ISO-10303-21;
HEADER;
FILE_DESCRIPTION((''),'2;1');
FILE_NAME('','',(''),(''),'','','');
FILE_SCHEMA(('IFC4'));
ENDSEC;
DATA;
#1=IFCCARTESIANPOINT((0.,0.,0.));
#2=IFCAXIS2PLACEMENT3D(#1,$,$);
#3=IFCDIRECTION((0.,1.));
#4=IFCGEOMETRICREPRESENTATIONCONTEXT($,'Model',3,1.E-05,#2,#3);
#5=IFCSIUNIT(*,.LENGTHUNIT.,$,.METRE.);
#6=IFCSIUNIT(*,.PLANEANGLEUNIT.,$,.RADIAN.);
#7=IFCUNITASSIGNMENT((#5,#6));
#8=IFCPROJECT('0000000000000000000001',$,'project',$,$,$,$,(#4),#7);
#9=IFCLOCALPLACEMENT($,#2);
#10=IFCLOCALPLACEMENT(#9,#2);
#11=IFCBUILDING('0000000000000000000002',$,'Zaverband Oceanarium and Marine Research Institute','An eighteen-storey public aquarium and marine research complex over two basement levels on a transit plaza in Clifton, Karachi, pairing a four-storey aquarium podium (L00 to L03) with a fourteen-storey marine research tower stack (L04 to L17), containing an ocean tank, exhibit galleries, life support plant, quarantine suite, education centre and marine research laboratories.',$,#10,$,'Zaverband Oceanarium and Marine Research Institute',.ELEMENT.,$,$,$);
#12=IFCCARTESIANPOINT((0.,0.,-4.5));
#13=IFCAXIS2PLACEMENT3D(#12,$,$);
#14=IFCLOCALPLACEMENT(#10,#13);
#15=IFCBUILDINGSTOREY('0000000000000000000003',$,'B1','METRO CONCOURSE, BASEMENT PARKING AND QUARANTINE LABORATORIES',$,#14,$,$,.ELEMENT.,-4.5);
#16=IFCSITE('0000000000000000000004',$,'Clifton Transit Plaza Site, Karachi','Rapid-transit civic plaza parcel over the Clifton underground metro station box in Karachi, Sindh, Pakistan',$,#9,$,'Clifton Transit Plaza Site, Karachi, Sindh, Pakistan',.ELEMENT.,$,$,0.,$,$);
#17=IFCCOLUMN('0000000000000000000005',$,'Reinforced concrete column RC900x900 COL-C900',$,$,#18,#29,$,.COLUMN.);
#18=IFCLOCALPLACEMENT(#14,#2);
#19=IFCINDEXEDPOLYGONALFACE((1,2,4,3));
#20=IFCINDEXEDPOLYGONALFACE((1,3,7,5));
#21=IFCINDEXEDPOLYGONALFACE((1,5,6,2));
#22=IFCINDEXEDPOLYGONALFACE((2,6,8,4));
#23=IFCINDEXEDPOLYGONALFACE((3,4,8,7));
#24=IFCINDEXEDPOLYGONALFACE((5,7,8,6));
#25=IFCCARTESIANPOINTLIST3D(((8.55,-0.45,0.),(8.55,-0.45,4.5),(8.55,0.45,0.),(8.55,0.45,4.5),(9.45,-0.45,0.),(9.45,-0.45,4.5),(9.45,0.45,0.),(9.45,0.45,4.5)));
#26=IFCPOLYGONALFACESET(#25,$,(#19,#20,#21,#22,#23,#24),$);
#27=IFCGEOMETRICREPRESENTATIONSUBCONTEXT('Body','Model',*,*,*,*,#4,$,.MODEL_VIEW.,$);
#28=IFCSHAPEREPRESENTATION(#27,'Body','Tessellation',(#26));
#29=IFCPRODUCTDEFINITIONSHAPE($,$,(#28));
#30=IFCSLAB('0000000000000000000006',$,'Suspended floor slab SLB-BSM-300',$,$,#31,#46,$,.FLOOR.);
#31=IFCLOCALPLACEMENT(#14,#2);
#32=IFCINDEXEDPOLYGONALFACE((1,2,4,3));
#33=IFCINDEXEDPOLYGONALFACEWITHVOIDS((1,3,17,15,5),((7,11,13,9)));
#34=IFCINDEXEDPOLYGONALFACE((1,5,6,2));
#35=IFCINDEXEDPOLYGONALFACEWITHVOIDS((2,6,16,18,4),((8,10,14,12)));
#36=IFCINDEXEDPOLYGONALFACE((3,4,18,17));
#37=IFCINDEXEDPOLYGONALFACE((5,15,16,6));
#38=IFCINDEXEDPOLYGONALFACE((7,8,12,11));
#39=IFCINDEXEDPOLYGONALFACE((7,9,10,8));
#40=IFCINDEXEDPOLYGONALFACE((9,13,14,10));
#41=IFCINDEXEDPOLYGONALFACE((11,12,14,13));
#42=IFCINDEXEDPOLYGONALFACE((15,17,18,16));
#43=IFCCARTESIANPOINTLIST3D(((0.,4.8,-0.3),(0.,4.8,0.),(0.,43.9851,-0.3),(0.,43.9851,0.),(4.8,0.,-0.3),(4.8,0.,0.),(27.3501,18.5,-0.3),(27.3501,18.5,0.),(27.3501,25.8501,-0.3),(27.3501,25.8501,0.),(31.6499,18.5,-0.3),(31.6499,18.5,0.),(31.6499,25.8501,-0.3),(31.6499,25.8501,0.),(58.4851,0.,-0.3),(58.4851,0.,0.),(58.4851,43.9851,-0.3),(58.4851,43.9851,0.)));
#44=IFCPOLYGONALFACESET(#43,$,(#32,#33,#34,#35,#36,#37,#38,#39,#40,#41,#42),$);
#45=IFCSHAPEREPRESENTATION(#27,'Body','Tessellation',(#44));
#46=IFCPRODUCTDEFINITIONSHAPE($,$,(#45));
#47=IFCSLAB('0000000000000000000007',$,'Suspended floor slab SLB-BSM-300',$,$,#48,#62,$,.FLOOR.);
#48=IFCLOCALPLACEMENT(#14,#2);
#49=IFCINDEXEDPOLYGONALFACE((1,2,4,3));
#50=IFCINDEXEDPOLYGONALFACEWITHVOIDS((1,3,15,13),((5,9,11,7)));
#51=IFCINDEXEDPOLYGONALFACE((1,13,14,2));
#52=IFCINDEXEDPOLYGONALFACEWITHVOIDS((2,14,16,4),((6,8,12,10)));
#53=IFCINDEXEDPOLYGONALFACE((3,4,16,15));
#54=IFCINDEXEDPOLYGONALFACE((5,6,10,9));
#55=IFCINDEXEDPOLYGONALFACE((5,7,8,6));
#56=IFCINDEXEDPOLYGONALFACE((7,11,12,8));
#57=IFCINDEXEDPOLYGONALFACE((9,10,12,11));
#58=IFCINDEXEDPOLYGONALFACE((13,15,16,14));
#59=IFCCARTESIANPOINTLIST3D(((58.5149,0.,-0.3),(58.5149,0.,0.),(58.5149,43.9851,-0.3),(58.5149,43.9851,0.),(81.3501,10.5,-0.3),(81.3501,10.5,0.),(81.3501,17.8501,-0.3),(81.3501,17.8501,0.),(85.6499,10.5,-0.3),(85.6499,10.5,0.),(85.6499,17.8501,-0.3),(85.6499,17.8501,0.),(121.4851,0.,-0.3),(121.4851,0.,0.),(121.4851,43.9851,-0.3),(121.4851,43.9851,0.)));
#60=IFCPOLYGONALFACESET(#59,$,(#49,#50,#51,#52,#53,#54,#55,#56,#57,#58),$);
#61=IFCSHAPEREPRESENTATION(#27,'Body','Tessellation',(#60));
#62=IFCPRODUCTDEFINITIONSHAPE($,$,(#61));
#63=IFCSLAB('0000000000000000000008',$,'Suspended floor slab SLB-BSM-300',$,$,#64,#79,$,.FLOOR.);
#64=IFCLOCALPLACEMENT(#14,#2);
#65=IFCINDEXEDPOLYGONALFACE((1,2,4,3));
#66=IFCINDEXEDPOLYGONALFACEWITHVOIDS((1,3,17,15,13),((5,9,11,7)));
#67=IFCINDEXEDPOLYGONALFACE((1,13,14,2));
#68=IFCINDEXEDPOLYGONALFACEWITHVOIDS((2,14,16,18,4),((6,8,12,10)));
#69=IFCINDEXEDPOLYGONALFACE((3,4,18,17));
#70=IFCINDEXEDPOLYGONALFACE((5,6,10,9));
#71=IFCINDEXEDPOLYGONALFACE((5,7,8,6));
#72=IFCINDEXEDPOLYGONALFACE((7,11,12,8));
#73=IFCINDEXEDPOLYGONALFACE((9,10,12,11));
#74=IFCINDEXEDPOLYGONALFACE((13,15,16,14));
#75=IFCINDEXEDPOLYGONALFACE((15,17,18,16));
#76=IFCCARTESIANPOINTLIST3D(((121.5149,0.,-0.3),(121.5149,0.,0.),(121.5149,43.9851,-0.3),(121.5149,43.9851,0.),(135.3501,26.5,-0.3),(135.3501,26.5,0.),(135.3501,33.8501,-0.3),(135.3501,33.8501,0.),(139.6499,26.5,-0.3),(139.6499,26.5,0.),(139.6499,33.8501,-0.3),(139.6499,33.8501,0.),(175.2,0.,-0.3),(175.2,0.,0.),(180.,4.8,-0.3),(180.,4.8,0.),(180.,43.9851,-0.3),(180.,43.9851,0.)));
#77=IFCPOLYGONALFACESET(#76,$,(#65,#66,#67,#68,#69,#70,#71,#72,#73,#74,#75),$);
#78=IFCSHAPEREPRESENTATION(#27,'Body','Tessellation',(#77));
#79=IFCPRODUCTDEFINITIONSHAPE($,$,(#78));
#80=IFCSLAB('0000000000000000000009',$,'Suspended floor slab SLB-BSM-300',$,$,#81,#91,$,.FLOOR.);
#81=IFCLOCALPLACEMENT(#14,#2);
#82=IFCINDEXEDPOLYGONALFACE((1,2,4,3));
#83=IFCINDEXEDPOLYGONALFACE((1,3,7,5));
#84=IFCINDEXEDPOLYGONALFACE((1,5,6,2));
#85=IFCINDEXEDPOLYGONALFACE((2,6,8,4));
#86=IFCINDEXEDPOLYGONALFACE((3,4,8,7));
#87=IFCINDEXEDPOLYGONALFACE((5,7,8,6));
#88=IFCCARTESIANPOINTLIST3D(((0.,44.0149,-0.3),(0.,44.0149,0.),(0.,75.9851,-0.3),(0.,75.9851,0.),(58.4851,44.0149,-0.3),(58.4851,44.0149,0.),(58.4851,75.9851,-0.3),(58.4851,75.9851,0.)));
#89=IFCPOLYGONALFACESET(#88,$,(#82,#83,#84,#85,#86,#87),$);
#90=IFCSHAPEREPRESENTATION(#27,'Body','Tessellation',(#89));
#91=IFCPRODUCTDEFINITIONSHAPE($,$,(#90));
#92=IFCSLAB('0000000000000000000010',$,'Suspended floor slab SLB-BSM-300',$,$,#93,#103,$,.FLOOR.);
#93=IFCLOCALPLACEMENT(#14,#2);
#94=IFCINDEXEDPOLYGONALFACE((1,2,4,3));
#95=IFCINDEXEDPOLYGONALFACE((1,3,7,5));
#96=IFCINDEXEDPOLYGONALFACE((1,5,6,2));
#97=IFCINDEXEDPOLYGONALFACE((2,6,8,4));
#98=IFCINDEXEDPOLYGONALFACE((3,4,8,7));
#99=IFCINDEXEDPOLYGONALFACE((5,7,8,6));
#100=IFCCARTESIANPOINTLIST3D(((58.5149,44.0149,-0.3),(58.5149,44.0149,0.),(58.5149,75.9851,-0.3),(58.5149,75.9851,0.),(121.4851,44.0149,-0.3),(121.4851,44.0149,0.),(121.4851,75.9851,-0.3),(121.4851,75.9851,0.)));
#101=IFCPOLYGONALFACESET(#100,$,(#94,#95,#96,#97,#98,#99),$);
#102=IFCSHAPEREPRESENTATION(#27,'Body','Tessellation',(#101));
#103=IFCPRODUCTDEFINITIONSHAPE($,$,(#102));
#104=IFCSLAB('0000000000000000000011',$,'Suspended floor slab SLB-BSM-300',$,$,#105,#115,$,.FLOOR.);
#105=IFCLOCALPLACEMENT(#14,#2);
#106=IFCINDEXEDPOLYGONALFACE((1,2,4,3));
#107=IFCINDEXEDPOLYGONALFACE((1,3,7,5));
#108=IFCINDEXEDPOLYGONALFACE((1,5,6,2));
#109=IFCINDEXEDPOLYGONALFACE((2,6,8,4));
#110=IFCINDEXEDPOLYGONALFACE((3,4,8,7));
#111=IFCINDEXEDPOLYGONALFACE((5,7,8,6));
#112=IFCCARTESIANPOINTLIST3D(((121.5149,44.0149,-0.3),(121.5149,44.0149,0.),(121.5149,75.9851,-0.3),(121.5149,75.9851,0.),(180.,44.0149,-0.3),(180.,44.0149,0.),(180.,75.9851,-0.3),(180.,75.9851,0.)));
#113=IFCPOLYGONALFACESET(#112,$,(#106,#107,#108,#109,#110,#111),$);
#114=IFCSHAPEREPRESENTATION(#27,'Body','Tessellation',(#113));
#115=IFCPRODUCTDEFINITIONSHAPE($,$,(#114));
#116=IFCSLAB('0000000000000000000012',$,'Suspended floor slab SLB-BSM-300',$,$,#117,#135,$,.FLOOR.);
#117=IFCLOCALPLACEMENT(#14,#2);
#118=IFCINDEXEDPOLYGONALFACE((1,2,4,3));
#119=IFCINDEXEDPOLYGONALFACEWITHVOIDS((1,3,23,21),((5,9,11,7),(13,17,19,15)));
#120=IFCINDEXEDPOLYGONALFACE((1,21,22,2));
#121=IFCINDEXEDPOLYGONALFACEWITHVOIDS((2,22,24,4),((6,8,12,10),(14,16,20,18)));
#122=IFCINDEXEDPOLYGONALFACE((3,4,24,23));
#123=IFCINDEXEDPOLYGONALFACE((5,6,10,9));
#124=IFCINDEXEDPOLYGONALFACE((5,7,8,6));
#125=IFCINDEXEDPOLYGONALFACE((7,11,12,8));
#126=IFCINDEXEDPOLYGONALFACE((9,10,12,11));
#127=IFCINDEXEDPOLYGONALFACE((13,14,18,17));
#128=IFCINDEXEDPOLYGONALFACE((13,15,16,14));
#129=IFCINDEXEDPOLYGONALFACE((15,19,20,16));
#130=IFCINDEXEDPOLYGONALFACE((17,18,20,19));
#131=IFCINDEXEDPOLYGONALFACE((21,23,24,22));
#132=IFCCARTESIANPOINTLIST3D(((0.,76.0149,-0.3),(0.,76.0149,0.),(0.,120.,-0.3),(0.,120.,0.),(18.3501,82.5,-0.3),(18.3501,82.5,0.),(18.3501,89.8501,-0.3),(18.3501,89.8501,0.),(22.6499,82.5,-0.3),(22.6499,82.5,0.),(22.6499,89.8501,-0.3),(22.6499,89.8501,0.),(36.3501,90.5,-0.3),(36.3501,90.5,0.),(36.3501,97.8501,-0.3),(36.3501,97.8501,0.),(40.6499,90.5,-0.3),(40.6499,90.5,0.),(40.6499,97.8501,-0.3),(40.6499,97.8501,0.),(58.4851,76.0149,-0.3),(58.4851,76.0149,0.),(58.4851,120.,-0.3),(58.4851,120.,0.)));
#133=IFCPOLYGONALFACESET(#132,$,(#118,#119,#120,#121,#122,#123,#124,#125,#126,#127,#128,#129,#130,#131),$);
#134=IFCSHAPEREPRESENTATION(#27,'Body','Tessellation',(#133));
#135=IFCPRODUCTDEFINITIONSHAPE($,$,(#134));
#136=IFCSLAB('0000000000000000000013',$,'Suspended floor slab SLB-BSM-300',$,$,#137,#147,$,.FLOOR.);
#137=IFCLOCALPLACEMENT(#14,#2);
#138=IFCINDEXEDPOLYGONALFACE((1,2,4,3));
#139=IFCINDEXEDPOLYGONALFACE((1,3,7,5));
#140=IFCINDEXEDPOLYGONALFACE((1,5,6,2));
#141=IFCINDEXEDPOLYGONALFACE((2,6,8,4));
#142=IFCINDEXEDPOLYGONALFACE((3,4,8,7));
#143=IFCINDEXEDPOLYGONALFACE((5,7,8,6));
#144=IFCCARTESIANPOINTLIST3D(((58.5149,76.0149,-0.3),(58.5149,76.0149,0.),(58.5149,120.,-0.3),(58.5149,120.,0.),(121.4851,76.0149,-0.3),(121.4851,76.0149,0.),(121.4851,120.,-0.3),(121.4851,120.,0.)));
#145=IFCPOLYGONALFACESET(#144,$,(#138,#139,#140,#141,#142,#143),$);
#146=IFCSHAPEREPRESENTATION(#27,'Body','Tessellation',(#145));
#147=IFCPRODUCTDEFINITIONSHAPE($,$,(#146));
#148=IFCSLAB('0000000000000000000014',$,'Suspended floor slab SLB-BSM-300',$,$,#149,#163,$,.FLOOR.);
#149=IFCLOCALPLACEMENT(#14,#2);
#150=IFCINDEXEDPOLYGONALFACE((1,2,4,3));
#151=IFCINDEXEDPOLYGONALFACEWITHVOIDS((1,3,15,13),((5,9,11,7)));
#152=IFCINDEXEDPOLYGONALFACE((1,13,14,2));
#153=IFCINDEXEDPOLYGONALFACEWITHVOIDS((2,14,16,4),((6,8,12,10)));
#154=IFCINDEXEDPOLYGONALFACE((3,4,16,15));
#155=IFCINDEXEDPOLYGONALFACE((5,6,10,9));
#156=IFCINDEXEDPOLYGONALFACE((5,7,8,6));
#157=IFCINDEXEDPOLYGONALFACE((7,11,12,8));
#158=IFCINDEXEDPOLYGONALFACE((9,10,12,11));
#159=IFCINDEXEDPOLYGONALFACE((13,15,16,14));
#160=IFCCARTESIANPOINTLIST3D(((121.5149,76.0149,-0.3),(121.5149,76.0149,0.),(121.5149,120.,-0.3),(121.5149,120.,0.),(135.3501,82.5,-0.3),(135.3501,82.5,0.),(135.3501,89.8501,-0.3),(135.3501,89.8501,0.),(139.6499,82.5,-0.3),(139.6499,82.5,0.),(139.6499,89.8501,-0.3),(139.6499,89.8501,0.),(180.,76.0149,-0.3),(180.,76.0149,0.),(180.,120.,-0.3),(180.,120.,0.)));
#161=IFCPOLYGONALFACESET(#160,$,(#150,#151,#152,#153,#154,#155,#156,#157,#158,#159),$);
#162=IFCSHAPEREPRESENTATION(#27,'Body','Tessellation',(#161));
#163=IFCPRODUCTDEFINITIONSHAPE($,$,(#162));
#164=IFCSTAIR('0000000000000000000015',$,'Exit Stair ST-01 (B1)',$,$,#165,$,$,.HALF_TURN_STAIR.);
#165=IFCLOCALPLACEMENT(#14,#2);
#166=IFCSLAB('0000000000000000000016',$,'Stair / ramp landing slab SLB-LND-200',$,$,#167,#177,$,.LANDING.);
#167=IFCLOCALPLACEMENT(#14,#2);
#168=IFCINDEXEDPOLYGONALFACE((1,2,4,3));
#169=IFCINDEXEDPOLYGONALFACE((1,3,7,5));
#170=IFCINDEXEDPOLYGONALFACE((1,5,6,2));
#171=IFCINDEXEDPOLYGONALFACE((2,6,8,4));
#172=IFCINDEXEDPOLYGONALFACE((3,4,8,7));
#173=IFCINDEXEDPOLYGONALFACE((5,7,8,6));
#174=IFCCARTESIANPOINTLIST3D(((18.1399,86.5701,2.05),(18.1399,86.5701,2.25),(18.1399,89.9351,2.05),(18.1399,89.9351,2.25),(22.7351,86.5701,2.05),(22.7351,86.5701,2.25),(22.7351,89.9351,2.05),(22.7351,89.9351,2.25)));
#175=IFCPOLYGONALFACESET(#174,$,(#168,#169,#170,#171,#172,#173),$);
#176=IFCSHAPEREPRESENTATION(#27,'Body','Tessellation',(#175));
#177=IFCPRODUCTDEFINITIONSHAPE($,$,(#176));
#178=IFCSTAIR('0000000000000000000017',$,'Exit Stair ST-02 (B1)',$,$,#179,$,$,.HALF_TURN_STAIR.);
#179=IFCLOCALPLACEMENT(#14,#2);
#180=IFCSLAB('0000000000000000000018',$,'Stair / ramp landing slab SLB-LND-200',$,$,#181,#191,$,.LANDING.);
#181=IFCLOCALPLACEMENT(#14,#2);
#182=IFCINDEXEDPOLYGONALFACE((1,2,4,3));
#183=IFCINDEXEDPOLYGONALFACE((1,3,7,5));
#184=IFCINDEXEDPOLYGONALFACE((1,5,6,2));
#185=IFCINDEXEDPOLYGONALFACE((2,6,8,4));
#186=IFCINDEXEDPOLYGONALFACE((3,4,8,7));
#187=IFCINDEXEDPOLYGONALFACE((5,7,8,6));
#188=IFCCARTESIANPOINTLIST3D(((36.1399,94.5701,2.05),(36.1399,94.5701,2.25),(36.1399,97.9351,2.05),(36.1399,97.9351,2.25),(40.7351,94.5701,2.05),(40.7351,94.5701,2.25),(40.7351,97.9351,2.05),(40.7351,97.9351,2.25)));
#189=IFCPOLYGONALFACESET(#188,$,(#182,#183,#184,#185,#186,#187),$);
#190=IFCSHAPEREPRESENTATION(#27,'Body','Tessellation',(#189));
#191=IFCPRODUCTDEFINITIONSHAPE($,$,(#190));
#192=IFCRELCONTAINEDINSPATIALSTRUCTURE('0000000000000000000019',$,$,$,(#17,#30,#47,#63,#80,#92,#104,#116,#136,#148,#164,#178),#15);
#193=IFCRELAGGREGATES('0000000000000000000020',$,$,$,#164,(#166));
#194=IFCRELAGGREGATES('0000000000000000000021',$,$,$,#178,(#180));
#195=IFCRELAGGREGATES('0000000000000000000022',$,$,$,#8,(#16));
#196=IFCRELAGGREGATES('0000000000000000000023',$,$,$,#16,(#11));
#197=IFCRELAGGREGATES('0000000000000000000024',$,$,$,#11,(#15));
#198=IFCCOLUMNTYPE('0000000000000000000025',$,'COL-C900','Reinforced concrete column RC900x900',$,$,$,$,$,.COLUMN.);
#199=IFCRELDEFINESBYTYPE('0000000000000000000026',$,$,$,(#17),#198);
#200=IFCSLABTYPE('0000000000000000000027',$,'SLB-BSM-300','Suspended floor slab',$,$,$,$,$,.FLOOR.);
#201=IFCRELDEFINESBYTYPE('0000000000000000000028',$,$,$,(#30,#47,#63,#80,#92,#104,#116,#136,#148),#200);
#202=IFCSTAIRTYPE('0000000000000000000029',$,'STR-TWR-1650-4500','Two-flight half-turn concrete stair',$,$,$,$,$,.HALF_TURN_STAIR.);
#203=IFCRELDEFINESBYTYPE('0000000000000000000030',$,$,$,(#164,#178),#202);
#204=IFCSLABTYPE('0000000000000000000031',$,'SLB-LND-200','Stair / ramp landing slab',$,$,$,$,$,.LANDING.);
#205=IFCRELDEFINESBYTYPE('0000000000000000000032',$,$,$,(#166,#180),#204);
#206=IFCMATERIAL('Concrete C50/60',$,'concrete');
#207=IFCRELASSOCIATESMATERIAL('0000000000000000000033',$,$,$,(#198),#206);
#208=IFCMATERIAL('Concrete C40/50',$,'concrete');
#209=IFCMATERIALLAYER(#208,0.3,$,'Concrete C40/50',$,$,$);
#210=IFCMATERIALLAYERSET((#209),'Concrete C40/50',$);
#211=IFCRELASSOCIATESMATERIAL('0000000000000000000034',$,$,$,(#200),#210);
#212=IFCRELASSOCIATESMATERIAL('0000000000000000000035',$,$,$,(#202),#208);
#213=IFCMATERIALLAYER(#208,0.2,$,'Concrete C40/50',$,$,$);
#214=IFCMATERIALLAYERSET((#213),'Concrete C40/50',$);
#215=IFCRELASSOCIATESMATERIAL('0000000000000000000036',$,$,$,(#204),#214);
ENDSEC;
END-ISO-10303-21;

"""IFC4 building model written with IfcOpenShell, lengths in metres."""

from ifc_helpers import new_model, si_unit, direction, frame, origin, origin_2d, place, context, subcontext, project, spatial, polyline, rectangle, outline, extrude, material, layer, layer_set, material_profile, profile_set, type_object, element, aggregate, save


model = new_model("IFC4")

# Units and contexts
model_context = context("Model", 3, precision=1e-05, world=origin(), true_north=direction((0.0, 1.0)))
body_context = subcontext(model_context, "Body", "Model", "MODEL_VIEW")
ifc_project = project(units=[si_unit("LENGTHUNIT", "METRE"), si_unit("PLANEANGLEUNIT", "RADIAN")], contexts=[model_context])

# Site, building, storey
site_placement = place(None, origin())
site = spatial("IfcSite", under=ifc_project, at=site_placement, Name="Clifton Transit Plaza Site, Karachi", Description="Rapid-transit civic plaza parcel over the Clifton underground metro station box in Karachi, Sindh, Pakistan", LongName="Clifton Transit Plaza Site, Karachi, Sindh, Pakistan", CompositionType="ELEMENT", RefElevation=0.0)
building_placement = place(site_placement, origin())
building = spatial("IfcBuilding", under=site, at=building_placement, Name="Zaverband Oceanarium and Marine Research Institute", Description="An eighteen-storey public aquarium and marine research complex over two basement levels on a transit plaza in Clifton, Karachi, pairing a four-storey aquarium podium (L00 to L03) with a fourteen-storey marine research tower stack (L04 to L17), containing an ocean tank, exhibit galleries, life support plant, quarantine suite, education centre and marine research laboratories.", LongName="Zaverband Oceanarium and Marine Research Institute", CompositionType="ELEMENT")
storey_placement = place(building_placement, frame((0.0, 0.0, -4.5)))
storey = spatial("IfcBuildingStorey", under=building, at=storey_placement, Name="B1", Description="METRO CONCOURSE, BASEMENT PARKING AND QUARANTINE LABORATORIES", CompositionType="ELEMENT", Elevation=-4.5)

# Column
ifc_material_1 = material(Name="Concrete C50/60", Category="concrete")
ifc_material_profile = material_profile(ifc_material_1, rectangle(XDim=0.8999, YDim=0.8999, at=origin_2d()), Name="RC900x900")
ifc_profile_set = profile_set([ifc_material_profile], Name="Concrete C50/60")
column_type = type_object("IfcColumnType", Name="COL-C900", Description="Reinforced concrete column RC900x900", PredefinedType="COLUMN", material=ifc_profile_set)
column_placement = place(storey_placement, frame((9.0, 0.0, 0.0), z_axis=(0.0, 0.0, 1.0), x_axis=(1.0, 0.0, 0.0)))
element("IfcColumn", 1, at=column_placement, inside=storey, type_object=column_type, Name="Reinforced concrete column RC900x900 COL-C900", PredefinedType="COLUMN", context=body_context, shape_type="SweptSolid", body=[
    extrude(rectangle(XDim=0.8999, YDim=0.8999, at=origin_2d()), origin(), (0.0, 0.0, 1.0), 4.5),
])

# Slabs
ifc_material_2 = material(Name="Concrete C40/50", Category="concrete")
ifc_layer_1 = layer(ifc_material_2, 0.3, Name="Concrete C40/50")
ifc_layer_set_1 = layer_set([ifc_layer_1], Name="Concrete C40/50")
slab_type_1 = type_object("IfcSlabType", Name="SLB-BSM-300", Description="Suspended floor slab", PredefinedType="FLOOR", material=ifc_layer_set_1)
slab_1_placement = place(storey_placement, frame((0.0, 0.0, -0.3)))
element("IfcSlab", 2, at=slab_1_placement, inside=storey, type_object=slab_type_1, Name="Suspended floor slab SLB-BSM-300", PredefinedType="FLOOR", context=body_context, shape_type="SweptSolid", body=[
    extrude(outline(polyline([(0.0, 4.8), (0.0, 43.9851), (58.4851, 43.9851), (58.4851, 0.0), (4.8, 0.0), (0.0, 4.8)]), holes=[polyline([(31.6499, 25.8501), (27.3501, 25.8501), (27.3501, 18.5), (31.6499, 18.5), (31.6499, 25.8501)])]), origin(), (0.0, 0.0, 1.0), 0.3),
])
slab_2_placement = place(storey_placement, frame((0.0, 0.0, -0.3)))
element("IfcSlab", 3, at=slab_2_placement, inside=storey, type_object=slab_type_1, Name="Suspended floor slab SLB-BSM-300", PredefinedType="FLOOR", context=body_context, shape_type="SweptSolid", body=[
    extrude(outline(polyline([(58.5149, 43.9851), (121.4851, 43.9851), (121.4851, 0.0), (58.5149, 0.0), (58.5149, 43.9851)]), holes=[polyline([(81.3501, 17.8501), (81.3501, 10.5), (85.6499, 10.5), (85.6499, 17.8501), (81.3501, 17.8501)])]), origin(), (0.0, 0.0, 1.0), 0.3),
])
slab_3_placement = place(storey_placement, frame((0.0, 0.0, -0.3)))
element("IfcSlab", 4, at=slab_3_placement, inside=storey, type_object=slab_type_1, Name="Suspended floor slab SLB-BSM-300", PredefinedType="FLOOR", context=body_context, shape_type="SweptSolid", body=[
    extrude(outline(polyline([(121.5149, 43.9851), (180.0, 43.9851), (180.0, 4.8), (175.2, 0.0), (121.5149, 0.0), (121.5149, 43.9851)]), holes=[polyline([(139.6499, 33.8501), (135.3501, 33.8501), (135.3501, 26.5), (139.6499, 26.5), (139.6499, 33.8501)])]), origin(), (0.0, 0.0, 1.0), 0.3),
])
slab_4_placement = place(storey_placement, frame((0.0, 0.0, -0.3)))
element("IfcSlab", 5, at=slab_4_placement, inside=storey, type_object=slab_type_1, Name="Suspended floor slab SLB-BSM-300", PredefinedType="FLOOR", context=body_context, shape_type="SweptSolid", body=[
    extrude(outline(polyline([(0.0, 75.9851), (58.4851, 75.9851), (58.4851, 44.0149), (0.0, 44.0149), (0.0, 75.9851)])), origin(), (0.0, 0.0, 1.0), 0.3),
])
slab_5_placement = place(storey_placement, frame((0.0, 0.0, -0.3)))
element("IfcSlab", 6, at=slab_5_placement, inside=storey, type_object=slab_type_1, Name="Suspended floor slab SLB-BSM-300", PredefinedType="FLOOR", context=body_context, shape_type="SweptSolid", body=[
    extrude(outline(polyline([(58.5149, 75.9851), (121.4851, 75.9851), (121.4851, 44.0149), (58.5149, 44.0149), (58.5149, 75.9851)])), origin(), (0.0, 0.0, 1.0), 0.3),
])
slab_6_placement = place(storey_placement, frame((0.0, 0.0, -0.3)))
element("IfcSlab", 7, at=slab_6_placement, inside=storey, type_object=slab_type_1, Name="Suspended floor slab SLB-BSM-300", PredefinedType="FLOOR", context=body_context, shape_type="SweptSolid", body=[
    extrude(outline(polyline([(121.5149, 75.9851), (180.0, 75.9851), (180.0, 44.0149), (121.5149, 44.0149), (121.5149, 75.9851)])), origin(), (0.0, 0.0, 1.0), 0.3),
])
slab_7_placement = place(storey_placement, frame((0.0, 0.0, -0.3)))
element("IfcSlab", 8, at=slab_7_placement, inside=storey, type_object=slab_type_1, Name="Suspended floor slab SLB-BSM-300", PredefinedType="FLOOR", context=body_context, shape_type="SweptSolid", body=[
    extrude(outline(polyline([(0.0, 120.0), (58.4851, 120.0), (58.4851, 76.0149), (0.0, 76.0149), (0.0, 120.0)]), holes=[polyline([(18.3501, 89.8501), (18.3501, 82.5), (22.6499, 82.5), (22.6499, 89.8501), (18.3501, 89.8501)]), polyline([(40.6499, 97.8501), (36.3501, 97.8501), (36.3501, 90.5), (40.6499, 90.5), (40.6499, 97.8501)])]), origin(), (0.0, 0.0, 1.0), 0.3),
])
slab_8_placement = place(storey_placement, frame((0.0, 0.0, -0.3)))
element("IfcSlab", 9, at=slab_8_placement, inside=storey, type_object=slab_type_1, Name="Suspended floor slab SLB-BSM-300", PredefinedType="FLOOR", context=body_context, shape_type="SweptSolid", body=[
    extrude(outline(polyline([(58.5149, 120.0), (121.4851, 120.0), (121.4851, 76.0149), (58.5149, 76.0149), (58.5149, 120.0)])), origin(), (0.0, 0.0, 1.0), 0.3),
])
slab_9_placement = place(storey_placement, frame((0.0, 0.0, -0.3)))
element("IfcSlab", 10, at=slab_9_placement, inside=storey, type_object=slab_type_1, Name="Suspended floor slab SLB-BSM-300", PredefinedType="FLOOR", context=body_context, shape_type="SweptSolid", body=[
    extrude(outline(polyline([(121.5149, 120.0), (180.0, 120.0), (180.0, 76.0149), (121.5149, 76.0149), (121.5149, 120.0)]), holes=[polyline([(139.6499, 89.8501), (135.3501, 89.8501), (135.3501, 82.5), (139.6499, 82.5), (139.6499, 89.8501)])]), origin(), (0.0, 0.0, 1.0), 0.3),
])

# Stairs, slabs
stair_type_1 = type_object("IfcStairType", Name="STR-TWR-1650-4500", Description="Two-flight half-turn concrete stair", PredefinedType="HALF_TURN_STAIR", material=ifc_material_2)
stair_1_placement = place(storey_placement, origin())
stair_1 = element("IfcStair", 11, at=stair_1_placement, inside=storey, type_object=stair_type_1, Name="Exit Stair ST-01 (B1)", PredefinedType="HALF_TURN_STAIR")
ifc_layer_2 = layer(ifc_material_2, 0.2, Name="Concrete C40/50")
ifc_layer_set_2 = layer_set([ifc_layer_2], Name="Concrete C40/50")
slab_type_2 = type_object("IfcSlabType", Name="SLB-LND-200", Description="Stair / ramp landing slab", PredefinedType="LANDING", material=ifc_layer_set_2)
slab_10_placement = place(storey_placement, frame((0.0, 0.0, 2.05)))
slab_10 = element("IfcSlab", 12, at=slab_10_placement, type_object=slab_type_2, Name="Stair / ramp landing slab SLB-LND-200", PredefinedType="LANDING", context=body_context, shape_type="SweptSolid", body=[
    extrude(outline(polyline([(18.1399, 86.5701), (22.7351, 86.5701), (22.7351, 89.9351), (18.1399, 89.9351), (18.1399, 86.5701)])), origin(), (0.0, 0.0, 1.0), 0.2),
])
aggregate(stair_1, [slab_10])
stair_2_placement = place(storey_placement, origin())
stair_2 = element("IfcStair", 13, at=stair_2_placement, inside=storey, type_object=stair_type_1, Name="Exit Stair ST-02 (B1)", PredefinedType="HALF_TURN_STAIR")
slab_11_placement = place(storey_placement, frame((0.0, 0.0, 2.05)))
slab_11 = element("IfcSlab", 14, at=slab_11_placement, type_object=slab_type_2, Name="Stair / ramp landing slab SLB-LND-200", PredefinedType="LANDING", context=body_context, shape_type="SweptSolid", body=[
    extrude(outline(polyline([(36.1399, 94.5701), (40.7351, 94.5701), (40.7351, 97.9351), (36.1399, 97.9351), (36.1399, 94.5701)])), origin(), (0.0, 0.0, 1.0), 0.2),
])
aggregate(stair_2, [slab_11])

save(model, "model.ifc")
